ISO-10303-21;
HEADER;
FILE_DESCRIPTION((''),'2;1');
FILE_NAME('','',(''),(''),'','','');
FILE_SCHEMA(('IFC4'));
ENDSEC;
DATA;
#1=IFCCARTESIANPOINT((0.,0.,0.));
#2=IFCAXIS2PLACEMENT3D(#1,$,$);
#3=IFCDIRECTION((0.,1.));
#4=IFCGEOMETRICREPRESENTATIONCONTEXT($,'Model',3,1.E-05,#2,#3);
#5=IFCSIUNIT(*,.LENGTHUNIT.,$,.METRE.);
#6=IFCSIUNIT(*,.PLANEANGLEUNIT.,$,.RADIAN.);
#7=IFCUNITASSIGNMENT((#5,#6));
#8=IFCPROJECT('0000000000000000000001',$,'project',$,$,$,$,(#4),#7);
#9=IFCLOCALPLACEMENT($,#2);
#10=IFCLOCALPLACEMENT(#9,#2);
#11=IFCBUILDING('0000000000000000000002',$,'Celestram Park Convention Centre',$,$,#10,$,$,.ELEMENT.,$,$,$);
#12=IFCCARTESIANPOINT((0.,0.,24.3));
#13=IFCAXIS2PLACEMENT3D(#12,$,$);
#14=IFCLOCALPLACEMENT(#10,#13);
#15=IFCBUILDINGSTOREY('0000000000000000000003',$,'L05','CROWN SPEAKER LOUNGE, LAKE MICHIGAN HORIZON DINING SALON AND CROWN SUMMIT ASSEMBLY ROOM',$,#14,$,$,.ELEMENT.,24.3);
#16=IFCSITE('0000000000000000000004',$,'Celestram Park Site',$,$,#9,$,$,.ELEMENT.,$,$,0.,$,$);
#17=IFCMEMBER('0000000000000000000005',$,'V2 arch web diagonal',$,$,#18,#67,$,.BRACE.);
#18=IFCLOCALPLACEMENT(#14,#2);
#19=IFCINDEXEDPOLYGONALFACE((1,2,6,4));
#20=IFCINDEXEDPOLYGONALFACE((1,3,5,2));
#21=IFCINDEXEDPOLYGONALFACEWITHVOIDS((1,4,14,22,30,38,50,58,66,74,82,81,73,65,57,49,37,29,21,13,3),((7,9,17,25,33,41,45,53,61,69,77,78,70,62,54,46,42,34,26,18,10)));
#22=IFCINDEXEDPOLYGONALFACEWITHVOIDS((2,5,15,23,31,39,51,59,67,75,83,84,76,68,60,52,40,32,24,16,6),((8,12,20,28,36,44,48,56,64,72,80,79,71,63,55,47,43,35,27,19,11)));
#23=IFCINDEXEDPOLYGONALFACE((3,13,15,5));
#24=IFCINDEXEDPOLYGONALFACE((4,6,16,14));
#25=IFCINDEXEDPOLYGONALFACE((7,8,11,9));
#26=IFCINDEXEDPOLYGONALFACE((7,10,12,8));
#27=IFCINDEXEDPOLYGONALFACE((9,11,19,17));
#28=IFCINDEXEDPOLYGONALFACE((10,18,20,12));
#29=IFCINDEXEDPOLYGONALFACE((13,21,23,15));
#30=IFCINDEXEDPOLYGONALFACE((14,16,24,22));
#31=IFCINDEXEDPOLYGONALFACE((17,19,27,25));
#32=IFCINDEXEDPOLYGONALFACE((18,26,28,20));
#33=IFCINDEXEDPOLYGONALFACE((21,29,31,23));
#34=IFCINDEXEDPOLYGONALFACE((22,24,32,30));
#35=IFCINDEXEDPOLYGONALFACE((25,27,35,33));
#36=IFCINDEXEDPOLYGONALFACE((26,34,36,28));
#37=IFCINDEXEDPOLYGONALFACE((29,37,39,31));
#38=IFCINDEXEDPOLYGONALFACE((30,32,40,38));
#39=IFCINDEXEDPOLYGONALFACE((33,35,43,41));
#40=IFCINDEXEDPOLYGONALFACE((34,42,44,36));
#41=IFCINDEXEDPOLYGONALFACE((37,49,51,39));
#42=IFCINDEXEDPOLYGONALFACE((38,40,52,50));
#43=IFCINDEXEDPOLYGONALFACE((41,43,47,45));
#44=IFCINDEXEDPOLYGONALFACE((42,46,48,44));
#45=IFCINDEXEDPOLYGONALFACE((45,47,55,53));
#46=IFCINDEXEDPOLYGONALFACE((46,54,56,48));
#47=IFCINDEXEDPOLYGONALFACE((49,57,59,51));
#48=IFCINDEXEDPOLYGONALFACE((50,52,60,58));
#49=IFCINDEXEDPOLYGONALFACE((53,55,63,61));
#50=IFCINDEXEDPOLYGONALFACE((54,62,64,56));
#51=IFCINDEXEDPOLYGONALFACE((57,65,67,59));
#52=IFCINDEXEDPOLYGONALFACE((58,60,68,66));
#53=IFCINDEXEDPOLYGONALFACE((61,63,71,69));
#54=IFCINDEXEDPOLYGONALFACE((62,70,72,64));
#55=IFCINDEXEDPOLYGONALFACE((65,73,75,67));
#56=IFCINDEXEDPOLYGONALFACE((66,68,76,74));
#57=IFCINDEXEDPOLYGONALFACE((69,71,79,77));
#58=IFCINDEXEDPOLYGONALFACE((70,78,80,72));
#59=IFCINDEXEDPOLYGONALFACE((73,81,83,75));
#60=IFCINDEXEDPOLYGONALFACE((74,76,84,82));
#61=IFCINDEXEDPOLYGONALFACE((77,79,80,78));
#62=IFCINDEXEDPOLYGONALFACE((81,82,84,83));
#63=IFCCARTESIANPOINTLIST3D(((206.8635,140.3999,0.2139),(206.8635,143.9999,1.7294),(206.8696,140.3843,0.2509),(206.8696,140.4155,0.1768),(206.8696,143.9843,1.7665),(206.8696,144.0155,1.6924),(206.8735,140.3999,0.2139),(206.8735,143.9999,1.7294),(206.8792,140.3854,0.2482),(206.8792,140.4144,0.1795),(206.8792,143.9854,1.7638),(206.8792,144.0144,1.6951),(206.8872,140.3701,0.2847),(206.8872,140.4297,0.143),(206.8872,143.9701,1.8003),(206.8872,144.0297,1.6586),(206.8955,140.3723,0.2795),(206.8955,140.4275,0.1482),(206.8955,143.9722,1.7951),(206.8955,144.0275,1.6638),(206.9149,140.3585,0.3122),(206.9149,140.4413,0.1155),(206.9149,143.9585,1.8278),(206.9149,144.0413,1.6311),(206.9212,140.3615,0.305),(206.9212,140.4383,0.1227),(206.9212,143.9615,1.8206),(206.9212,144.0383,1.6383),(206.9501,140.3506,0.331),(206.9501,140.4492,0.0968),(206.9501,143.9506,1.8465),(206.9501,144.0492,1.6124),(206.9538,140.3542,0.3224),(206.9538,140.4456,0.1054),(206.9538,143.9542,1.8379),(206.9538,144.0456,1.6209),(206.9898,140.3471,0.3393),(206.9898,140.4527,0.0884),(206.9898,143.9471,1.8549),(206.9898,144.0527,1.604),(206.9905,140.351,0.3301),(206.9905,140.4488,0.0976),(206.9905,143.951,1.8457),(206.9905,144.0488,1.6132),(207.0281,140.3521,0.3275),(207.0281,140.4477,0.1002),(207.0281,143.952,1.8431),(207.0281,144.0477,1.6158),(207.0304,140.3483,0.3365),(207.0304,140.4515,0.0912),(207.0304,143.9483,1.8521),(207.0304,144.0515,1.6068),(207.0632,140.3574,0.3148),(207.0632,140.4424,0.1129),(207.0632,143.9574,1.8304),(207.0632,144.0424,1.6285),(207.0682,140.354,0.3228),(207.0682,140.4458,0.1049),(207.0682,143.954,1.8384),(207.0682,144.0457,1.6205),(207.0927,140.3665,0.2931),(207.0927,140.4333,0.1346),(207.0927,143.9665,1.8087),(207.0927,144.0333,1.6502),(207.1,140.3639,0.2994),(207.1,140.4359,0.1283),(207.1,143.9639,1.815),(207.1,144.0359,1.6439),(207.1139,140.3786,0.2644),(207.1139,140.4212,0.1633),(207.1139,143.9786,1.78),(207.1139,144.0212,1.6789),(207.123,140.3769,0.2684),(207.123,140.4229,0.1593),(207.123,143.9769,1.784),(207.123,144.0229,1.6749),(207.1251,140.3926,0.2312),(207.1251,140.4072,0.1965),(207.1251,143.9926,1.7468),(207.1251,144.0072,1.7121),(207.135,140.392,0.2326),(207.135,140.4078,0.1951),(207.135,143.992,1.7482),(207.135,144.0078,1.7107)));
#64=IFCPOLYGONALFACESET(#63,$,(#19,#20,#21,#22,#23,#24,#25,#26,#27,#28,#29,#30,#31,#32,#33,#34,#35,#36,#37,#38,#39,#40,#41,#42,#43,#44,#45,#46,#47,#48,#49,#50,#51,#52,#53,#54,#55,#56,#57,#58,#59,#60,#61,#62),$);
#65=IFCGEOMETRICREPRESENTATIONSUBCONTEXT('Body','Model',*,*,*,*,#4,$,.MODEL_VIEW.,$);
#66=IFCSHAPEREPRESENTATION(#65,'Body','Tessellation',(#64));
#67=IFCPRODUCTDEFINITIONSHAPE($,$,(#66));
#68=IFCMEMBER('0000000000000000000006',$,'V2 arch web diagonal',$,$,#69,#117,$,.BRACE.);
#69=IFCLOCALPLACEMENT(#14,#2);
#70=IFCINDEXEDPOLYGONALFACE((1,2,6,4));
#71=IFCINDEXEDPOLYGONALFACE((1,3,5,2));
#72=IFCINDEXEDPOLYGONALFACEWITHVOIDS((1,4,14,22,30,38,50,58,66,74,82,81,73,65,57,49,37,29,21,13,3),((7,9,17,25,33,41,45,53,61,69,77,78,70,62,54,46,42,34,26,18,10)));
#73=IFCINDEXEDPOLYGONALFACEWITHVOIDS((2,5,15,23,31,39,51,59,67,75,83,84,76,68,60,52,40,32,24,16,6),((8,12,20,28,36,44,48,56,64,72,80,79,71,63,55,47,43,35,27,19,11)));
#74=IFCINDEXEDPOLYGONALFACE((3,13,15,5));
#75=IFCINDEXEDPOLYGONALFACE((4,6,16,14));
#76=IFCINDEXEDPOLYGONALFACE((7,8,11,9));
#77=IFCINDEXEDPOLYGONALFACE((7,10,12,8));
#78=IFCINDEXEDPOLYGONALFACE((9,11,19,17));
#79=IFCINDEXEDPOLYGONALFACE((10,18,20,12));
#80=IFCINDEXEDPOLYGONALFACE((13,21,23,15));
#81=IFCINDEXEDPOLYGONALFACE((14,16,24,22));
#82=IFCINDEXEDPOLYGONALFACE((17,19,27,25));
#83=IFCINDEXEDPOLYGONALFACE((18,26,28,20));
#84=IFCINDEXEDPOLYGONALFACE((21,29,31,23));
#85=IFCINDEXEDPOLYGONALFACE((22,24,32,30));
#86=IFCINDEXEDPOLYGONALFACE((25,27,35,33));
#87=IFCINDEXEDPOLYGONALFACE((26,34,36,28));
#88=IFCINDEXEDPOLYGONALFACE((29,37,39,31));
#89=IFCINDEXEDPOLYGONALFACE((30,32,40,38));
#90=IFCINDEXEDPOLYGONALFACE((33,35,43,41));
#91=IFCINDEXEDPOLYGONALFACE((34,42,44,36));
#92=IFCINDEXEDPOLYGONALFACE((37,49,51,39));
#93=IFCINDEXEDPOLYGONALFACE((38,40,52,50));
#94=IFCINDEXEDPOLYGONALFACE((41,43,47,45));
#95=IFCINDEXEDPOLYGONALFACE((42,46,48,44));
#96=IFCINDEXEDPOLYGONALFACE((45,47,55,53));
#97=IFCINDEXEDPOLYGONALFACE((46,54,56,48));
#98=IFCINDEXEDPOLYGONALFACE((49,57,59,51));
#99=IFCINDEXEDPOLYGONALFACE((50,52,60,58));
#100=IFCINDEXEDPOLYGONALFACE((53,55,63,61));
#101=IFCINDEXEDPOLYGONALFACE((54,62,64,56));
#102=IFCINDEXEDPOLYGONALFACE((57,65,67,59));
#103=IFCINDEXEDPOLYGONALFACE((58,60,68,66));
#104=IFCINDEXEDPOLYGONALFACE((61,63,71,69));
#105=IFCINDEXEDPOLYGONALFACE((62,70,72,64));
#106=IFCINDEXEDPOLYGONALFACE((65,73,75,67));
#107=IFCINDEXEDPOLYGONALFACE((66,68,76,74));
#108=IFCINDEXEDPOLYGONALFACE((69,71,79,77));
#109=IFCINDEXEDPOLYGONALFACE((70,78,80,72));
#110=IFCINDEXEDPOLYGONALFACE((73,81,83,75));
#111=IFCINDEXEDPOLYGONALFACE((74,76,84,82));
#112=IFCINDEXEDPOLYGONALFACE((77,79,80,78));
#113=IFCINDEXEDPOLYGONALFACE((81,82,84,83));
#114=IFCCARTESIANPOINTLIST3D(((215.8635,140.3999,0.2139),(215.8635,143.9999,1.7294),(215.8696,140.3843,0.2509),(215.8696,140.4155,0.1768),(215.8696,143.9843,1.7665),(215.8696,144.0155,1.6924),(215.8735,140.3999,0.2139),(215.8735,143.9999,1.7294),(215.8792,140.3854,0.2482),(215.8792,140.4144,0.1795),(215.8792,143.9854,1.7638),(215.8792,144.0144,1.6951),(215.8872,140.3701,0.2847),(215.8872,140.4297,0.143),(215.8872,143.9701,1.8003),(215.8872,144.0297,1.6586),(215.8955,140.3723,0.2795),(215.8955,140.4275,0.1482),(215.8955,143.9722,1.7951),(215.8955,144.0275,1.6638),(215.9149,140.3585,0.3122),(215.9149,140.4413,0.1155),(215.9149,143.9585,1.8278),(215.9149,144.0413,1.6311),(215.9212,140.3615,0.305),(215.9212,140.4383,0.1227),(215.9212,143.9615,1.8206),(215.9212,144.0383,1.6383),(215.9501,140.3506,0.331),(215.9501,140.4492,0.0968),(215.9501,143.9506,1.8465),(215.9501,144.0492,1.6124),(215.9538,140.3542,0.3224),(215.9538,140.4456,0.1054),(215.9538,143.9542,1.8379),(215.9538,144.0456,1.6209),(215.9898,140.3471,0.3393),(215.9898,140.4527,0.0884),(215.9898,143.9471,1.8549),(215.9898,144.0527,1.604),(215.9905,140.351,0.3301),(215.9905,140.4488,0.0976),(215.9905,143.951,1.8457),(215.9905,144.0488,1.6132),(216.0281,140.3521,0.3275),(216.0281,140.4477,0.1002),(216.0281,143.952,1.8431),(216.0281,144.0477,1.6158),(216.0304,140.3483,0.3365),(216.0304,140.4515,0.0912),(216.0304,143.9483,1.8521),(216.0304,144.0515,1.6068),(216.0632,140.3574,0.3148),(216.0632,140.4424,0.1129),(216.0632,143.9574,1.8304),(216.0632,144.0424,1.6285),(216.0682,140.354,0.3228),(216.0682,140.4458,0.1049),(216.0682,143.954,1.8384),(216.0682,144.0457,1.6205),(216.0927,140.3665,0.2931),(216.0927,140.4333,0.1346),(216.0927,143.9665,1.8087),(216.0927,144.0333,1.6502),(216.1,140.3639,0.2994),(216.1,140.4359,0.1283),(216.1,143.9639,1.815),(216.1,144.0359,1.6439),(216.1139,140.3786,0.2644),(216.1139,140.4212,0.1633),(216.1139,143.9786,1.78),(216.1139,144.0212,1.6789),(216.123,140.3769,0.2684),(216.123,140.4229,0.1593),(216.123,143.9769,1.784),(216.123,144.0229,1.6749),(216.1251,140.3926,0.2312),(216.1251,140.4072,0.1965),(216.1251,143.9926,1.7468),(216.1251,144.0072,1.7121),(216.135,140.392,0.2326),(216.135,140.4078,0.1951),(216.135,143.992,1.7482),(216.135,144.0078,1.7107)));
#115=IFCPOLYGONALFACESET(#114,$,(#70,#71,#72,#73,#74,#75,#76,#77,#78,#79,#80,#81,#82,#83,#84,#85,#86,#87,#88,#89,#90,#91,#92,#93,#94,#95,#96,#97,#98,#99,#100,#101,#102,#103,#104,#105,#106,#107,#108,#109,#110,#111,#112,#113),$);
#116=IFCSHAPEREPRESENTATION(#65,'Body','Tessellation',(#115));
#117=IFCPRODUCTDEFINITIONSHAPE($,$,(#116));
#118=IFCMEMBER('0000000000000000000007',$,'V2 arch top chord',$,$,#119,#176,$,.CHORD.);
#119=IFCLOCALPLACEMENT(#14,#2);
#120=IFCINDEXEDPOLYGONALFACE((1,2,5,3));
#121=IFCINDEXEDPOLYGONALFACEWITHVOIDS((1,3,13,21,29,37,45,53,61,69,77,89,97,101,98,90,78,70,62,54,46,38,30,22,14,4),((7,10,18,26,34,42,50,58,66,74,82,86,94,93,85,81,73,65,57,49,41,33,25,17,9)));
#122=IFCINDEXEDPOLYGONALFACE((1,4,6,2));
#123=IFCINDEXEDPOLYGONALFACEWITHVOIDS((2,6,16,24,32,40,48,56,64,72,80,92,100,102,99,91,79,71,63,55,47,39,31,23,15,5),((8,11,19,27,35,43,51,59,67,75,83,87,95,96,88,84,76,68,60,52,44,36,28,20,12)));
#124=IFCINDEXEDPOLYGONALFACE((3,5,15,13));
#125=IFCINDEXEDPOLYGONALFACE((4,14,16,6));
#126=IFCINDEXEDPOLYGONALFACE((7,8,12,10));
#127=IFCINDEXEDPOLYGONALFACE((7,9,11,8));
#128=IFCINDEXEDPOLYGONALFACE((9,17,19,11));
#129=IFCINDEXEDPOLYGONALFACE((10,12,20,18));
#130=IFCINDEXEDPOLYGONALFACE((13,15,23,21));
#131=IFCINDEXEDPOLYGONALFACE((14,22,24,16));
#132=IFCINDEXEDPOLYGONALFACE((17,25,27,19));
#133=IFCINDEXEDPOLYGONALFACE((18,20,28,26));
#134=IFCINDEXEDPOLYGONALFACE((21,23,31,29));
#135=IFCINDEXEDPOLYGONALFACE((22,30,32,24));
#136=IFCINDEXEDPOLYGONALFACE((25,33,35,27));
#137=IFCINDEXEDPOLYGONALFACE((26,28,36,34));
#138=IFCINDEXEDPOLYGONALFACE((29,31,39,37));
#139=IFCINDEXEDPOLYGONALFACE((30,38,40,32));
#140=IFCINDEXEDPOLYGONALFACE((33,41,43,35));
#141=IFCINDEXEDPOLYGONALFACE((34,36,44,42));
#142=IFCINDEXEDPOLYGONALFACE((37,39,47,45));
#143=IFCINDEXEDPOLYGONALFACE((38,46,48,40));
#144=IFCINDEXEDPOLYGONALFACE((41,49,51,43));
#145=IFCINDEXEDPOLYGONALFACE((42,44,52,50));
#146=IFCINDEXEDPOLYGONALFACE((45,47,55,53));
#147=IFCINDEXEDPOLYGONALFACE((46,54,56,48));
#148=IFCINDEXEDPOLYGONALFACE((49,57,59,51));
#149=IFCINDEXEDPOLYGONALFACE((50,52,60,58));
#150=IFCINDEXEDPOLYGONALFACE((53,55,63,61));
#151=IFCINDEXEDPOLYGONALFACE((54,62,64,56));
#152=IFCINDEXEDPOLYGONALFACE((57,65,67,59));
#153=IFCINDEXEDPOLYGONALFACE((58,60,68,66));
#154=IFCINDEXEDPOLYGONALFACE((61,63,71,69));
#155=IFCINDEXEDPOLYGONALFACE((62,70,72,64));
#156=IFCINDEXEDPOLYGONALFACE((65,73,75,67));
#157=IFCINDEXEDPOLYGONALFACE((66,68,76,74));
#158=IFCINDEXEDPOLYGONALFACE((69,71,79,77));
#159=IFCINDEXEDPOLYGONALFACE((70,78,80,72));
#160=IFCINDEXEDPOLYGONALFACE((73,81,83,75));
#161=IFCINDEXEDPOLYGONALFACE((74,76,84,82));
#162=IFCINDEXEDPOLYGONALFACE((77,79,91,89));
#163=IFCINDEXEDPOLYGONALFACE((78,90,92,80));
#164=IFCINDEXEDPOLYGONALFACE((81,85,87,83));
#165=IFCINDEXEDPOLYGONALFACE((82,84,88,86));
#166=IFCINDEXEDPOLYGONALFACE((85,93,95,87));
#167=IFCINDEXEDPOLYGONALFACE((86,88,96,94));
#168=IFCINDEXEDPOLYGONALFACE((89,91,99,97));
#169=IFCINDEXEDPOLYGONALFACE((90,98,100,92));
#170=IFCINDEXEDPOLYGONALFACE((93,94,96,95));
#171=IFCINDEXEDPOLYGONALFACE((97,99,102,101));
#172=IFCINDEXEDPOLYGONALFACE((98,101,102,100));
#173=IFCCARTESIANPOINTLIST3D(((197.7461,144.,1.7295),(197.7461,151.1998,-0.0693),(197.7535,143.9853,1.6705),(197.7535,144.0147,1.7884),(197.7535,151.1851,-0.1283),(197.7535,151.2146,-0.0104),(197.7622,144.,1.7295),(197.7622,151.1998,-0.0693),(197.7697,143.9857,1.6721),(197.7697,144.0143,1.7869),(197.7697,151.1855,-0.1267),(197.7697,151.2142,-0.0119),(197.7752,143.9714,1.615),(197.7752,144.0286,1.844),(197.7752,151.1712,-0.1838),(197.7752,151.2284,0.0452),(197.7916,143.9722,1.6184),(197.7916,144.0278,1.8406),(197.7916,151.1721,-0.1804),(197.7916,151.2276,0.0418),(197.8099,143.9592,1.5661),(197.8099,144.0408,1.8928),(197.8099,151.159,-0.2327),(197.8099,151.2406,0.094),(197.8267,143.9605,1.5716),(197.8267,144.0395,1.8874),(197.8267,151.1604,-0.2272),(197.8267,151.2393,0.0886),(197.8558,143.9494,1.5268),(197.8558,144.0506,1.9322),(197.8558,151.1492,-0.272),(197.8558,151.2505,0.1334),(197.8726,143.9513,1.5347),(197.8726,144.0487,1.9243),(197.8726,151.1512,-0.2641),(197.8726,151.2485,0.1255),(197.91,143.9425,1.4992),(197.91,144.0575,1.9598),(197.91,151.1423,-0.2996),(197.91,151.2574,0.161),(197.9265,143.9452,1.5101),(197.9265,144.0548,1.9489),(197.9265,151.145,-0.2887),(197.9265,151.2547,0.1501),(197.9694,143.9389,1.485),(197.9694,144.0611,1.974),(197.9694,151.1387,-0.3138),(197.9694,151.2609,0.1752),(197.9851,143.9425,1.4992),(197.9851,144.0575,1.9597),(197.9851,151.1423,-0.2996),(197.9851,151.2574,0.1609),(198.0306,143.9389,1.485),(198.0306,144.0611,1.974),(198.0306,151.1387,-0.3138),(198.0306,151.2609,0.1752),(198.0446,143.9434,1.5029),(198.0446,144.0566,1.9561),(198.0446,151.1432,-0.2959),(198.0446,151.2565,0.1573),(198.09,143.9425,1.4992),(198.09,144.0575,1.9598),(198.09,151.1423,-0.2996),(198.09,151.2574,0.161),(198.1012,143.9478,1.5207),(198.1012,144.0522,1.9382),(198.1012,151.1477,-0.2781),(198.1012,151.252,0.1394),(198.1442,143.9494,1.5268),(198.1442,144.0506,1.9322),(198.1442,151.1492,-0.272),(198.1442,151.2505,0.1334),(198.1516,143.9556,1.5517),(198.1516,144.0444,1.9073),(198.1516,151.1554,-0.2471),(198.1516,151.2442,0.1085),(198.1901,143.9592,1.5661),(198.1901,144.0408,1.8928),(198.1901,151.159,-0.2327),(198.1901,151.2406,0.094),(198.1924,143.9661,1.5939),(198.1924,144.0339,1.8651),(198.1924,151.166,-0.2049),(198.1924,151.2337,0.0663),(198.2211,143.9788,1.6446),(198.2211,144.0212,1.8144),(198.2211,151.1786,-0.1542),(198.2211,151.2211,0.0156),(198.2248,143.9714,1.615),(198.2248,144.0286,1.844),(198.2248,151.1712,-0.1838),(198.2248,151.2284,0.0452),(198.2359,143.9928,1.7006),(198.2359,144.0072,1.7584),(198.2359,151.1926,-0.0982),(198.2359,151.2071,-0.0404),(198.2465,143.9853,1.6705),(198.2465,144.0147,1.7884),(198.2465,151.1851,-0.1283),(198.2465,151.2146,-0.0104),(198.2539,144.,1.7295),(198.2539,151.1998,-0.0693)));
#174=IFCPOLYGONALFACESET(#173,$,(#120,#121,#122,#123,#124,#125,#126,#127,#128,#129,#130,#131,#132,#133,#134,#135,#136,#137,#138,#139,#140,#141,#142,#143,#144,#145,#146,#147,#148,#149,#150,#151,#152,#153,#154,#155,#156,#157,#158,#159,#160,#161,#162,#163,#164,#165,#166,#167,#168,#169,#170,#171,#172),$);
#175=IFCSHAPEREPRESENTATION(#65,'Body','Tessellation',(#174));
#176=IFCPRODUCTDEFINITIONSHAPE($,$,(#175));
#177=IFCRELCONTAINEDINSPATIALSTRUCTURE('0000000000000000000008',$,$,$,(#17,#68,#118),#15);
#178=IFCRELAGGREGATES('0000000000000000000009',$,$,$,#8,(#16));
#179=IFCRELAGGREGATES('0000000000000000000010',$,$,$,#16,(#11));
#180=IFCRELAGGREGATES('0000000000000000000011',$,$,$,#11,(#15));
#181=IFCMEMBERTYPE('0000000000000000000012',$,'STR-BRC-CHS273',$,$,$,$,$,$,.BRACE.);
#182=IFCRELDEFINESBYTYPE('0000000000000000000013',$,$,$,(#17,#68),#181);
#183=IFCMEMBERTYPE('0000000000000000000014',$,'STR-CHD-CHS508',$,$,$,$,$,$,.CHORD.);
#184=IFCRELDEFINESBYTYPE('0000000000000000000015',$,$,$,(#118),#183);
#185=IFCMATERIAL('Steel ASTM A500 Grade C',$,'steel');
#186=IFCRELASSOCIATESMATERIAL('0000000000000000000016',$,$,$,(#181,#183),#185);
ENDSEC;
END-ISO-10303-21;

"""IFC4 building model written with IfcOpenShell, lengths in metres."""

from ifc_helpers import new_model, si_unit, direction, frame, origin, origin_2d, place, context, subcontext, project, spatial, hollow_circle, extrude, material, material_profile, profile_set, type_object, element, save


model = new_model("IFC4")

# Units and contexts
model_context = context("Model", 3, precision=1e-05, world=origin(), true_north=direction((0.0, 1.0)))
body_context = subcontext(model_context, "Body", "Model", "MODEL_VIEW")
ifc_project = project(units=[si_unit("LENGTHUNIT", "METRE"), si_unit("PLANEANGLEUNIT", "RADIAN")], contexts=[model_context])

# Site, building, storey
site_placement = place(None, origin())
site = spatial("IfcSite", under=ifc_project, at=site_placement, Name="Celestram Park Site", CompositionType="ELEMENT", RefElevation=0.0)
building_placement = place(site_placement, origin())
building = spatial("IfcBuilding", under=site, at=building_placement, Name="Celestram Park Convention Centre", CompositionType="ELEMENT")
storey_placement = place(building_placement, frame((0.0, 0.0, 24.3)))
storey = spatial("IfcBuildingStorey", under=building, at=storey_placement, Name="L05", Description="CROWN SPEAKER LOUNGE, LAKE MICHIGAN HORIZON DINING SALON AND CROWN SUMMIT ASSEMBLY ROOM", CompositionType="ELEMENT", Elevation=24.3)

# Members
ifc_material_1 = material(Name="Steel ASTM A500 Grade C", Category="steel")
ifc_material_profile_1 = material_profile(ifc_material_1, hollow_circle(Radius=0.1365, WallThickness=0.01, at=origin_2d()), Name="CHS273X10")
ifc_profile_set_1 = profile_set([ifc_material_profile_1], Name="Steel ASTM A500 Grade C")
member_type_1 = type_object("IfcMemberType", Name="STR-BRC-CHS273", PredefinedType="BRACE", material=ifc_profile_set_1)
for number, where, z_axis, x_axis, name in (
    (1, (207.0, 140.3999, 0.2139), (0.0, 0.921654, 0.388012), (-1.0, 0.0, 0.0), "V2 arch web diagonal"),
    (2, (216.0, 140.3999, 0.2139), (0.0, 0.921654, 0.388012), (-1.0, 0.0, 0.0), "V2 arch web diagonal"),
):
    element("IfcMember", number, at=place(storey_placement, frame(where, z_axis=z_axis, x_axis=x_axis)), inside=storey, type_object=member_type_1, Name=name, PredefinedType="BRACE", context=body_context, shape_type="SweptSolid", body=[
        extrude(hollow_circle(Radius=0.1365, WallThickness=0.01, at=origin_2d()), origin(), (0.0, 0.0, 1.0), 3.906),
    ])
ifc_material_profile_2 = material_profile(ifc_material_1, hollow_circle(Radius=0.2539, WallThickness=0.0161, at=origin_2d()), Name="CHS508X16")
ifc_profile_set_2 = profile_set([ifc_material_profile_2], Name="Steel ASTM A500 Grade C")
member_type_2 = type_object("IfcMemberType", Name="STR-CHD-CHS508", PredefinedType="CHORD", material=ifc_profile_set_2)
member_1_placement = place(storey_placement, frame((198.0, 144.0, 1.7295), z_axis=(0.0, 0.970179, -0.242389), x_axis=(-1.0, 0.0, 0.0)))
element("IfcMember", 3, at=member_1_placement, inside=storey, type_object=member_type_2, Name="V2 arch top chord", PredefinedType="CHORD", context=body_context, shape_type="SweptSolid", body=[
    extrude(hollow_circle(Radius=0.2539, WallThickness=0.0161, at=origin_2d()), origin(), (0.0, 0.0, 1.0), 7.4211),
])

save(model, "model.ifc")
